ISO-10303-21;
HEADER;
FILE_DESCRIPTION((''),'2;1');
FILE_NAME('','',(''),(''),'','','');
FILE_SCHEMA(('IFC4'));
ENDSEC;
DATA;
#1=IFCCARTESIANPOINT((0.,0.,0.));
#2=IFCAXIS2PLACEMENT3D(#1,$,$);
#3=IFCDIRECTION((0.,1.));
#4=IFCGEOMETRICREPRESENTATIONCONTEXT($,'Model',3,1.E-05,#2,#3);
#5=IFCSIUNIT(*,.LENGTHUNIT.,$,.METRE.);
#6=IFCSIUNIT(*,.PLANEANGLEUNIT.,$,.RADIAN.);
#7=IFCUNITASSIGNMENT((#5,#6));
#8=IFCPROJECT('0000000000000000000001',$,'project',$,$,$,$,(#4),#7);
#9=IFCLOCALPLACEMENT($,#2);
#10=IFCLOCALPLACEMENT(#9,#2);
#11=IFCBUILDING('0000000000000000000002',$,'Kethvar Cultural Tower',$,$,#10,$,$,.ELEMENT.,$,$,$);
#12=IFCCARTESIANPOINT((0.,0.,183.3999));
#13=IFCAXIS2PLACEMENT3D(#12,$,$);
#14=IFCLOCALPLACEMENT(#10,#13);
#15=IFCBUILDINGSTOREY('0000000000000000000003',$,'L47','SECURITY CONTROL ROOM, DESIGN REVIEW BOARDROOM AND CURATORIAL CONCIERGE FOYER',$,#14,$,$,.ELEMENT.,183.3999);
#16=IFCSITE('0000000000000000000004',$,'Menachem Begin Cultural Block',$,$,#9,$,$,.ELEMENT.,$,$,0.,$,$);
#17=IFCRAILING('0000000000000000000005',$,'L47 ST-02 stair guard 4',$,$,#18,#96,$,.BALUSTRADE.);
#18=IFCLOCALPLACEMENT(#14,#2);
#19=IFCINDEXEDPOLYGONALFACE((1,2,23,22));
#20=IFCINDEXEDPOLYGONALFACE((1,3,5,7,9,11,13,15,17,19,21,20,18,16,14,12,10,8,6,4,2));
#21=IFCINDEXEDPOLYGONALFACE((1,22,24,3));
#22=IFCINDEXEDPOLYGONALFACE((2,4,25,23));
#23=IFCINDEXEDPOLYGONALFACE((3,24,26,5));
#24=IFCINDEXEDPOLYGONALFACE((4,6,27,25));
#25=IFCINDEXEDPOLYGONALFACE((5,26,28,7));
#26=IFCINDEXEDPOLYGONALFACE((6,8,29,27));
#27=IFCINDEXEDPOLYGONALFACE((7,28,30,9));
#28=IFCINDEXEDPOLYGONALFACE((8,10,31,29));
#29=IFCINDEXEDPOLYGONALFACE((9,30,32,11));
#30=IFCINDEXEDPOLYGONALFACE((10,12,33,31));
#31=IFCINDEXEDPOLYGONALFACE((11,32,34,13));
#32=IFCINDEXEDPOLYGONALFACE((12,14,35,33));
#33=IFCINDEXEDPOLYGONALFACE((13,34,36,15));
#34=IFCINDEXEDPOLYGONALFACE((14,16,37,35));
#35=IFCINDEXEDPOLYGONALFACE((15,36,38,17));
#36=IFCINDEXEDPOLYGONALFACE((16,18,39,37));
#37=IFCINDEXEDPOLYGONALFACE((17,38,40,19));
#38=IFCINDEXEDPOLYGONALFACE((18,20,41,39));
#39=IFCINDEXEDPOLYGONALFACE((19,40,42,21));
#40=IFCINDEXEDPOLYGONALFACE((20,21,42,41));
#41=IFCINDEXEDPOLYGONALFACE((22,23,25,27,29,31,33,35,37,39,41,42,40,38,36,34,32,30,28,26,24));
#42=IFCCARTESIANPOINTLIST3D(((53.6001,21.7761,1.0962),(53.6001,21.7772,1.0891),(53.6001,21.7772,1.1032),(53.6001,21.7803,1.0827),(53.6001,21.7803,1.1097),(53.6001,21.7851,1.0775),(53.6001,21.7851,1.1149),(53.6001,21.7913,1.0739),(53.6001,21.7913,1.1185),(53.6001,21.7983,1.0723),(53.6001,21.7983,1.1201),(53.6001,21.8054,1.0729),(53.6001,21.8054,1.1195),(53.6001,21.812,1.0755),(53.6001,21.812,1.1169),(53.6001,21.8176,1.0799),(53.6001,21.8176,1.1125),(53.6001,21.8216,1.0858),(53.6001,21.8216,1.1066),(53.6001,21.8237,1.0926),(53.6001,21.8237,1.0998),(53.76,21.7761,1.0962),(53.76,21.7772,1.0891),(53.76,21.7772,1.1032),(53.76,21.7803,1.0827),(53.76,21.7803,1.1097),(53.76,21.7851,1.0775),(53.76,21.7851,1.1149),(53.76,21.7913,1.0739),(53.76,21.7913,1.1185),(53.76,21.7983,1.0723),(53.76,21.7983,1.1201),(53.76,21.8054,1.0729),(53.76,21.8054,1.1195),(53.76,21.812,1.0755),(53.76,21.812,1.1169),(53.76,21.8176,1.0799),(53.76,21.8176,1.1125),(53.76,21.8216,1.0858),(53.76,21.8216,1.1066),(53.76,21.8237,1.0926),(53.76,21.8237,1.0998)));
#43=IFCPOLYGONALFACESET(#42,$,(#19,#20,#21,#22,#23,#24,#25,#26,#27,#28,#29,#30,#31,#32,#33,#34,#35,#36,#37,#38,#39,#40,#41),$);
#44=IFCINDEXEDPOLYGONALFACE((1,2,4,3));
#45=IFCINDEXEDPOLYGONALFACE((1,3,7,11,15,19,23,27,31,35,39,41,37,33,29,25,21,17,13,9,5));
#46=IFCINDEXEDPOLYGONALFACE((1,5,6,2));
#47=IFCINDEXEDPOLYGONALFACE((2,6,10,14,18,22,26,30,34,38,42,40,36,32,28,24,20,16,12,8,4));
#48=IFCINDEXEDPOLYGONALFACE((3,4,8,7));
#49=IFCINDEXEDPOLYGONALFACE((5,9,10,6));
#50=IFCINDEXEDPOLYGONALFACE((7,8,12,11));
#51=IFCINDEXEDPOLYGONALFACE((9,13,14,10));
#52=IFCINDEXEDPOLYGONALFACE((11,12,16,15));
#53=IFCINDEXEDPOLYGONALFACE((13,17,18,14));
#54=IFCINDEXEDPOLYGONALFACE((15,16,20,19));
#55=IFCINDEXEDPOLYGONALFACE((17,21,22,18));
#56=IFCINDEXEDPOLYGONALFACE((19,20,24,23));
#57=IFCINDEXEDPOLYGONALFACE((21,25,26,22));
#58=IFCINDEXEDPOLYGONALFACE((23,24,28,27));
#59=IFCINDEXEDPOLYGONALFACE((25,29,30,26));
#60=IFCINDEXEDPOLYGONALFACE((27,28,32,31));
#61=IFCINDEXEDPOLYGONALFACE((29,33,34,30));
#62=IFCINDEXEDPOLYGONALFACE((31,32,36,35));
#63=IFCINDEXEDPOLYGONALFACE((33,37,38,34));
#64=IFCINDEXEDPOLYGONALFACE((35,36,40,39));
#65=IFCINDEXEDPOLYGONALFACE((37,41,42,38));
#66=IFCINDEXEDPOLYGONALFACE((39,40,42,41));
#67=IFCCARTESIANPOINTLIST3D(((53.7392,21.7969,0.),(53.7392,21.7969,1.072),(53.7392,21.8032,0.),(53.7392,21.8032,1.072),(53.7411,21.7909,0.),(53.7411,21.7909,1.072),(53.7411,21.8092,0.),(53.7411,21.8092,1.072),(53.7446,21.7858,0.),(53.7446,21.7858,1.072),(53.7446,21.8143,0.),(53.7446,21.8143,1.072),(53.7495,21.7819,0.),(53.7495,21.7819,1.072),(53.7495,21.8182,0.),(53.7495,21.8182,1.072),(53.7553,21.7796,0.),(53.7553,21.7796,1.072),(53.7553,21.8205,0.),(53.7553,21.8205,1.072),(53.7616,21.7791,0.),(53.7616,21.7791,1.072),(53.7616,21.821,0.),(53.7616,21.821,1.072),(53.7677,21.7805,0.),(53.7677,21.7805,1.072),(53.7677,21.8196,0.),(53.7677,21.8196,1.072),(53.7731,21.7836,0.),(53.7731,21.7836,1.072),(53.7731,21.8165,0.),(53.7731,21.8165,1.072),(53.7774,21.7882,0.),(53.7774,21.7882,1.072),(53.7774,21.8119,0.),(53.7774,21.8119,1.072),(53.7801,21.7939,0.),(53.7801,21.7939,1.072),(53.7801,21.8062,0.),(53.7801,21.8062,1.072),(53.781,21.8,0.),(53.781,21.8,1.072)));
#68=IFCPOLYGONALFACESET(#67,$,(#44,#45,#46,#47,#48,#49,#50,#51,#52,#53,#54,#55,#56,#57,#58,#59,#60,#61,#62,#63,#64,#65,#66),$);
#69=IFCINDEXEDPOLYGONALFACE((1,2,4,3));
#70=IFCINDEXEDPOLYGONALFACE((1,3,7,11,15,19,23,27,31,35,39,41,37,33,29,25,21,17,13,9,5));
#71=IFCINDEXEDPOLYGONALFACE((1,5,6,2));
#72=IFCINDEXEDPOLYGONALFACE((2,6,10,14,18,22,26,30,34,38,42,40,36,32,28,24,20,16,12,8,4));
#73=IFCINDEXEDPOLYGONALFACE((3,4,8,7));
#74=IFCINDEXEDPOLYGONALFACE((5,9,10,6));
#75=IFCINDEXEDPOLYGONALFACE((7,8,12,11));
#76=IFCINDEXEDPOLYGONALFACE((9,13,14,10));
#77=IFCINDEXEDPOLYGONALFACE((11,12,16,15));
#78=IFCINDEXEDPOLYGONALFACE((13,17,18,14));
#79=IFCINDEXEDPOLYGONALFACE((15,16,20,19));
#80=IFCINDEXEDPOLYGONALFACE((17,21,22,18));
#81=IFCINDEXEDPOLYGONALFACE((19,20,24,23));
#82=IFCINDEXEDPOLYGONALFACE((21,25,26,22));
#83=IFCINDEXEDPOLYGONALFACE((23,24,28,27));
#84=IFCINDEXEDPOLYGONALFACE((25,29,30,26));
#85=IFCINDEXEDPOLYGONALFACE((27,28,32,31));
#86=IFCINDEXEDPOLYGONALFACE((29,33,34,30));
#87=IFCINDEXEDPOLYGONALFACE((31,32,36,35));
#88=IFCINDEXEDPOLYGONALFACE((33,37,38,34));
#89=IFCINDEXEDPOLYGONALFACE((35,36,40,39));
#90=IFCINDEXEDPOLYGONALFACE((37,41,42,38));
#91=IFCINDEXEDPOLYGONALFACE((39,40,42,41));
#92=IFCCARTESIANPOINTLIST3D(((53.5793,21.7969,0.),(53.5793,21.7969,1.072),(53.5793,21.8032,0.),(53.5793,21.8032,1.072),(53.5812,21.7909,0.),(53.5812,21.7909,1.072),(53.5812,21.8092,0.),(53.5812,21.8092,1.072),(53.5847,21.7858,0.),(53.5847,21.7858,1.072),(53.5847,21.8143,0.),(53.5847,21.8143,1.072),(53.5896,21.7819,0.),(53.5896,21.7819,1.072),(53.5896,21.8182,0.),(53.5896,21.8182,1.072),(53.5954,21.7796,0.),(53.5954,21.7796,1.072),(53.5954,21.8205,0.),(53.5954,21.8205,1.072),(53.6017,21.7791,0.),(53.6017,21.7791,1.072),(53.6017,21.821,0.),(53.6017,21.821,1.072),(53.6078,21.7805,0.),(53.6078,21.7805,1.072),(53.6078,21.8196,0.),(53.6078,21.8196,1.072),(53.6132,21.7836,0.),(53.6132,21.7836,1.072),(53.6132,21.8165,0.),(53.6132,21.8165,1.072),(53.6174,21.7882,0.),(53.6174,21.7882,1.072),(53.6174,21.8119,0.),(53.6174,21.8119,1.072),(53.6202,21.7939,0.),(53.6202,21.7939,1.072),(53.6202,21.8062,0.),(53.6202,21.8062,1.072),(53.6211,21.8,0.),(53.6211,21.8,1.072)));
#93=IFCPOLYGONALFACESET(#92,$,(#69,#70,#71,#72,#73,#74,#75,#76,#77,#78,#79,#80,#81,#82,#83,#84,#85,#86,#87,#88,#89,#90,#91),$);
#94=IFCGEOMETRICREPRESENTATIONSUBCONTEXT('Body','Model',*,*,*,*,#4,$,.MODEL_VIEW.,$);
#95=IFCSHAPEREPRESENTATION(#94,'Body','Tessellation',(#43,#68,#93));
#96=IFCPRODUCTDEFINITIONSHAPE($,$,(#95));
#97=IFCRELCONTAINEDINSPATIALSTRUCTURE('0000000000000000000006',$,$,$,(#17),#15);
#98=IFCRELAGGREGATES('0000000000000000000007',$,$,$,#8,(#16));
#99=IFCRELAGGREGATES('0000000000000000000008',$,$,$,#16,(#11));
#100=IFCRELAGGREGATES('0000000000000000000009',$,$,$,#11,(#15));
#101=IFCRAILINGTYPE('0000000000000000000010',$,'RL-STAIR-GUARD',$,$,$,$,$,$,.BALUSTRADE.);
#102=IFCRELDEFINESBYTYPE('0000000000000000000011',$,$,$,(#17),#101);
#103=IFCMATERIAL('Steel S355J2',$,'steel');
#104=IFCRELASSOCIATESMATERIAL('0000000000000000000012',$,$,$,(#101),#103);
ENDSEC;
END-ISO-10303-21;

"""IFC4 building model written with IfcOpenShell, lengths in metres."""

from ifc_helpers import new_model, si_unit, direction, frame, origin, origin_2d, place, context, subcontext, project, spatial, circle, extrude, material, type_object, element, save


model = new_model("IFC4")

# Units and contexts
model_context = context("Model", 3, precision=1e-05, world=origin(), true_north=direction((0.0, 1.0)))
body_context = subcontext(model_context, "Body", "Model", "MODEL_VIEW")
ifc_project = project(units=[si_unit("LENGTHUNIT", "METRE"), si_unit("PLANEANGLEUNIT", "RADIAN")], contexts=[model_context])

# Site, building, storey
site_placement = place(None, origin())
site = spatial("IfcSite", under=ifc_project, at=site_placement, Name="Menachem Begin Cultural Block", CompositionType="ELEMENT", RefElevation=0.0)
building_placement = place(site_placement, origin())
building = spatial("IfcBuilding", under=site, at=building_placement, Name="Kethvar Cultural Tower", CompositionType="ELEMENT")
storey_placement = place(building_placement, frame((0.0, 0.0, 183.3999)))
storey = spatial("IfcBuildingStorey", under=building, at=storey_placement, Name="L47", Description="SECURITY CONTROL ROOM, DESIGN REVIEW BOARDROOM AND CURATORIAL CONCIERGE FOYER", CompositionType="ELEMENT", Elevation=183.3999)

# Shared definitions
ifc_material_1 = material(Name="Steel S355J2", Category="steel")

# Railing
railing_type_1 = type_object("IfcRailingType", Name="RL-STAIR-GUARD", PredefinedType="BALUSTRADE", material=ifc_material_1)
railing_1_placement = place(storey_placement, frame((53.76, 21.8, 0.0)))
element("IfcRailing", 1, at=railing_1_placement, inside=storey, type_object=railing_type_1, Name="L47 ST-02 stair guard 4", PredefinedType="BALUSTRADE", context=body_context, shape_type="SweptSolid", body=[
    extrude(circle(Radius=0.0239, at=origin_2d()), frame((0.0, 0.0, 1.0962), z_axis=(-1.0, 0.0, 0.0), x_axis=(0.0, -1.0, 0.0)), (0.0, 0.0, 1.0), 0.1599),
    extrude(circle(Radius=0.021, at=origin_2d()), origin(), (0.0, 0.0, 1.0), 1.072),
    extrude(circle(Radius=0.021, at=origin_2d()), frame((-0.1599, 0.0, 0.0)), (0.0, 0.0, 1.0), 1.072),
])

save(model, "model.ifc")
